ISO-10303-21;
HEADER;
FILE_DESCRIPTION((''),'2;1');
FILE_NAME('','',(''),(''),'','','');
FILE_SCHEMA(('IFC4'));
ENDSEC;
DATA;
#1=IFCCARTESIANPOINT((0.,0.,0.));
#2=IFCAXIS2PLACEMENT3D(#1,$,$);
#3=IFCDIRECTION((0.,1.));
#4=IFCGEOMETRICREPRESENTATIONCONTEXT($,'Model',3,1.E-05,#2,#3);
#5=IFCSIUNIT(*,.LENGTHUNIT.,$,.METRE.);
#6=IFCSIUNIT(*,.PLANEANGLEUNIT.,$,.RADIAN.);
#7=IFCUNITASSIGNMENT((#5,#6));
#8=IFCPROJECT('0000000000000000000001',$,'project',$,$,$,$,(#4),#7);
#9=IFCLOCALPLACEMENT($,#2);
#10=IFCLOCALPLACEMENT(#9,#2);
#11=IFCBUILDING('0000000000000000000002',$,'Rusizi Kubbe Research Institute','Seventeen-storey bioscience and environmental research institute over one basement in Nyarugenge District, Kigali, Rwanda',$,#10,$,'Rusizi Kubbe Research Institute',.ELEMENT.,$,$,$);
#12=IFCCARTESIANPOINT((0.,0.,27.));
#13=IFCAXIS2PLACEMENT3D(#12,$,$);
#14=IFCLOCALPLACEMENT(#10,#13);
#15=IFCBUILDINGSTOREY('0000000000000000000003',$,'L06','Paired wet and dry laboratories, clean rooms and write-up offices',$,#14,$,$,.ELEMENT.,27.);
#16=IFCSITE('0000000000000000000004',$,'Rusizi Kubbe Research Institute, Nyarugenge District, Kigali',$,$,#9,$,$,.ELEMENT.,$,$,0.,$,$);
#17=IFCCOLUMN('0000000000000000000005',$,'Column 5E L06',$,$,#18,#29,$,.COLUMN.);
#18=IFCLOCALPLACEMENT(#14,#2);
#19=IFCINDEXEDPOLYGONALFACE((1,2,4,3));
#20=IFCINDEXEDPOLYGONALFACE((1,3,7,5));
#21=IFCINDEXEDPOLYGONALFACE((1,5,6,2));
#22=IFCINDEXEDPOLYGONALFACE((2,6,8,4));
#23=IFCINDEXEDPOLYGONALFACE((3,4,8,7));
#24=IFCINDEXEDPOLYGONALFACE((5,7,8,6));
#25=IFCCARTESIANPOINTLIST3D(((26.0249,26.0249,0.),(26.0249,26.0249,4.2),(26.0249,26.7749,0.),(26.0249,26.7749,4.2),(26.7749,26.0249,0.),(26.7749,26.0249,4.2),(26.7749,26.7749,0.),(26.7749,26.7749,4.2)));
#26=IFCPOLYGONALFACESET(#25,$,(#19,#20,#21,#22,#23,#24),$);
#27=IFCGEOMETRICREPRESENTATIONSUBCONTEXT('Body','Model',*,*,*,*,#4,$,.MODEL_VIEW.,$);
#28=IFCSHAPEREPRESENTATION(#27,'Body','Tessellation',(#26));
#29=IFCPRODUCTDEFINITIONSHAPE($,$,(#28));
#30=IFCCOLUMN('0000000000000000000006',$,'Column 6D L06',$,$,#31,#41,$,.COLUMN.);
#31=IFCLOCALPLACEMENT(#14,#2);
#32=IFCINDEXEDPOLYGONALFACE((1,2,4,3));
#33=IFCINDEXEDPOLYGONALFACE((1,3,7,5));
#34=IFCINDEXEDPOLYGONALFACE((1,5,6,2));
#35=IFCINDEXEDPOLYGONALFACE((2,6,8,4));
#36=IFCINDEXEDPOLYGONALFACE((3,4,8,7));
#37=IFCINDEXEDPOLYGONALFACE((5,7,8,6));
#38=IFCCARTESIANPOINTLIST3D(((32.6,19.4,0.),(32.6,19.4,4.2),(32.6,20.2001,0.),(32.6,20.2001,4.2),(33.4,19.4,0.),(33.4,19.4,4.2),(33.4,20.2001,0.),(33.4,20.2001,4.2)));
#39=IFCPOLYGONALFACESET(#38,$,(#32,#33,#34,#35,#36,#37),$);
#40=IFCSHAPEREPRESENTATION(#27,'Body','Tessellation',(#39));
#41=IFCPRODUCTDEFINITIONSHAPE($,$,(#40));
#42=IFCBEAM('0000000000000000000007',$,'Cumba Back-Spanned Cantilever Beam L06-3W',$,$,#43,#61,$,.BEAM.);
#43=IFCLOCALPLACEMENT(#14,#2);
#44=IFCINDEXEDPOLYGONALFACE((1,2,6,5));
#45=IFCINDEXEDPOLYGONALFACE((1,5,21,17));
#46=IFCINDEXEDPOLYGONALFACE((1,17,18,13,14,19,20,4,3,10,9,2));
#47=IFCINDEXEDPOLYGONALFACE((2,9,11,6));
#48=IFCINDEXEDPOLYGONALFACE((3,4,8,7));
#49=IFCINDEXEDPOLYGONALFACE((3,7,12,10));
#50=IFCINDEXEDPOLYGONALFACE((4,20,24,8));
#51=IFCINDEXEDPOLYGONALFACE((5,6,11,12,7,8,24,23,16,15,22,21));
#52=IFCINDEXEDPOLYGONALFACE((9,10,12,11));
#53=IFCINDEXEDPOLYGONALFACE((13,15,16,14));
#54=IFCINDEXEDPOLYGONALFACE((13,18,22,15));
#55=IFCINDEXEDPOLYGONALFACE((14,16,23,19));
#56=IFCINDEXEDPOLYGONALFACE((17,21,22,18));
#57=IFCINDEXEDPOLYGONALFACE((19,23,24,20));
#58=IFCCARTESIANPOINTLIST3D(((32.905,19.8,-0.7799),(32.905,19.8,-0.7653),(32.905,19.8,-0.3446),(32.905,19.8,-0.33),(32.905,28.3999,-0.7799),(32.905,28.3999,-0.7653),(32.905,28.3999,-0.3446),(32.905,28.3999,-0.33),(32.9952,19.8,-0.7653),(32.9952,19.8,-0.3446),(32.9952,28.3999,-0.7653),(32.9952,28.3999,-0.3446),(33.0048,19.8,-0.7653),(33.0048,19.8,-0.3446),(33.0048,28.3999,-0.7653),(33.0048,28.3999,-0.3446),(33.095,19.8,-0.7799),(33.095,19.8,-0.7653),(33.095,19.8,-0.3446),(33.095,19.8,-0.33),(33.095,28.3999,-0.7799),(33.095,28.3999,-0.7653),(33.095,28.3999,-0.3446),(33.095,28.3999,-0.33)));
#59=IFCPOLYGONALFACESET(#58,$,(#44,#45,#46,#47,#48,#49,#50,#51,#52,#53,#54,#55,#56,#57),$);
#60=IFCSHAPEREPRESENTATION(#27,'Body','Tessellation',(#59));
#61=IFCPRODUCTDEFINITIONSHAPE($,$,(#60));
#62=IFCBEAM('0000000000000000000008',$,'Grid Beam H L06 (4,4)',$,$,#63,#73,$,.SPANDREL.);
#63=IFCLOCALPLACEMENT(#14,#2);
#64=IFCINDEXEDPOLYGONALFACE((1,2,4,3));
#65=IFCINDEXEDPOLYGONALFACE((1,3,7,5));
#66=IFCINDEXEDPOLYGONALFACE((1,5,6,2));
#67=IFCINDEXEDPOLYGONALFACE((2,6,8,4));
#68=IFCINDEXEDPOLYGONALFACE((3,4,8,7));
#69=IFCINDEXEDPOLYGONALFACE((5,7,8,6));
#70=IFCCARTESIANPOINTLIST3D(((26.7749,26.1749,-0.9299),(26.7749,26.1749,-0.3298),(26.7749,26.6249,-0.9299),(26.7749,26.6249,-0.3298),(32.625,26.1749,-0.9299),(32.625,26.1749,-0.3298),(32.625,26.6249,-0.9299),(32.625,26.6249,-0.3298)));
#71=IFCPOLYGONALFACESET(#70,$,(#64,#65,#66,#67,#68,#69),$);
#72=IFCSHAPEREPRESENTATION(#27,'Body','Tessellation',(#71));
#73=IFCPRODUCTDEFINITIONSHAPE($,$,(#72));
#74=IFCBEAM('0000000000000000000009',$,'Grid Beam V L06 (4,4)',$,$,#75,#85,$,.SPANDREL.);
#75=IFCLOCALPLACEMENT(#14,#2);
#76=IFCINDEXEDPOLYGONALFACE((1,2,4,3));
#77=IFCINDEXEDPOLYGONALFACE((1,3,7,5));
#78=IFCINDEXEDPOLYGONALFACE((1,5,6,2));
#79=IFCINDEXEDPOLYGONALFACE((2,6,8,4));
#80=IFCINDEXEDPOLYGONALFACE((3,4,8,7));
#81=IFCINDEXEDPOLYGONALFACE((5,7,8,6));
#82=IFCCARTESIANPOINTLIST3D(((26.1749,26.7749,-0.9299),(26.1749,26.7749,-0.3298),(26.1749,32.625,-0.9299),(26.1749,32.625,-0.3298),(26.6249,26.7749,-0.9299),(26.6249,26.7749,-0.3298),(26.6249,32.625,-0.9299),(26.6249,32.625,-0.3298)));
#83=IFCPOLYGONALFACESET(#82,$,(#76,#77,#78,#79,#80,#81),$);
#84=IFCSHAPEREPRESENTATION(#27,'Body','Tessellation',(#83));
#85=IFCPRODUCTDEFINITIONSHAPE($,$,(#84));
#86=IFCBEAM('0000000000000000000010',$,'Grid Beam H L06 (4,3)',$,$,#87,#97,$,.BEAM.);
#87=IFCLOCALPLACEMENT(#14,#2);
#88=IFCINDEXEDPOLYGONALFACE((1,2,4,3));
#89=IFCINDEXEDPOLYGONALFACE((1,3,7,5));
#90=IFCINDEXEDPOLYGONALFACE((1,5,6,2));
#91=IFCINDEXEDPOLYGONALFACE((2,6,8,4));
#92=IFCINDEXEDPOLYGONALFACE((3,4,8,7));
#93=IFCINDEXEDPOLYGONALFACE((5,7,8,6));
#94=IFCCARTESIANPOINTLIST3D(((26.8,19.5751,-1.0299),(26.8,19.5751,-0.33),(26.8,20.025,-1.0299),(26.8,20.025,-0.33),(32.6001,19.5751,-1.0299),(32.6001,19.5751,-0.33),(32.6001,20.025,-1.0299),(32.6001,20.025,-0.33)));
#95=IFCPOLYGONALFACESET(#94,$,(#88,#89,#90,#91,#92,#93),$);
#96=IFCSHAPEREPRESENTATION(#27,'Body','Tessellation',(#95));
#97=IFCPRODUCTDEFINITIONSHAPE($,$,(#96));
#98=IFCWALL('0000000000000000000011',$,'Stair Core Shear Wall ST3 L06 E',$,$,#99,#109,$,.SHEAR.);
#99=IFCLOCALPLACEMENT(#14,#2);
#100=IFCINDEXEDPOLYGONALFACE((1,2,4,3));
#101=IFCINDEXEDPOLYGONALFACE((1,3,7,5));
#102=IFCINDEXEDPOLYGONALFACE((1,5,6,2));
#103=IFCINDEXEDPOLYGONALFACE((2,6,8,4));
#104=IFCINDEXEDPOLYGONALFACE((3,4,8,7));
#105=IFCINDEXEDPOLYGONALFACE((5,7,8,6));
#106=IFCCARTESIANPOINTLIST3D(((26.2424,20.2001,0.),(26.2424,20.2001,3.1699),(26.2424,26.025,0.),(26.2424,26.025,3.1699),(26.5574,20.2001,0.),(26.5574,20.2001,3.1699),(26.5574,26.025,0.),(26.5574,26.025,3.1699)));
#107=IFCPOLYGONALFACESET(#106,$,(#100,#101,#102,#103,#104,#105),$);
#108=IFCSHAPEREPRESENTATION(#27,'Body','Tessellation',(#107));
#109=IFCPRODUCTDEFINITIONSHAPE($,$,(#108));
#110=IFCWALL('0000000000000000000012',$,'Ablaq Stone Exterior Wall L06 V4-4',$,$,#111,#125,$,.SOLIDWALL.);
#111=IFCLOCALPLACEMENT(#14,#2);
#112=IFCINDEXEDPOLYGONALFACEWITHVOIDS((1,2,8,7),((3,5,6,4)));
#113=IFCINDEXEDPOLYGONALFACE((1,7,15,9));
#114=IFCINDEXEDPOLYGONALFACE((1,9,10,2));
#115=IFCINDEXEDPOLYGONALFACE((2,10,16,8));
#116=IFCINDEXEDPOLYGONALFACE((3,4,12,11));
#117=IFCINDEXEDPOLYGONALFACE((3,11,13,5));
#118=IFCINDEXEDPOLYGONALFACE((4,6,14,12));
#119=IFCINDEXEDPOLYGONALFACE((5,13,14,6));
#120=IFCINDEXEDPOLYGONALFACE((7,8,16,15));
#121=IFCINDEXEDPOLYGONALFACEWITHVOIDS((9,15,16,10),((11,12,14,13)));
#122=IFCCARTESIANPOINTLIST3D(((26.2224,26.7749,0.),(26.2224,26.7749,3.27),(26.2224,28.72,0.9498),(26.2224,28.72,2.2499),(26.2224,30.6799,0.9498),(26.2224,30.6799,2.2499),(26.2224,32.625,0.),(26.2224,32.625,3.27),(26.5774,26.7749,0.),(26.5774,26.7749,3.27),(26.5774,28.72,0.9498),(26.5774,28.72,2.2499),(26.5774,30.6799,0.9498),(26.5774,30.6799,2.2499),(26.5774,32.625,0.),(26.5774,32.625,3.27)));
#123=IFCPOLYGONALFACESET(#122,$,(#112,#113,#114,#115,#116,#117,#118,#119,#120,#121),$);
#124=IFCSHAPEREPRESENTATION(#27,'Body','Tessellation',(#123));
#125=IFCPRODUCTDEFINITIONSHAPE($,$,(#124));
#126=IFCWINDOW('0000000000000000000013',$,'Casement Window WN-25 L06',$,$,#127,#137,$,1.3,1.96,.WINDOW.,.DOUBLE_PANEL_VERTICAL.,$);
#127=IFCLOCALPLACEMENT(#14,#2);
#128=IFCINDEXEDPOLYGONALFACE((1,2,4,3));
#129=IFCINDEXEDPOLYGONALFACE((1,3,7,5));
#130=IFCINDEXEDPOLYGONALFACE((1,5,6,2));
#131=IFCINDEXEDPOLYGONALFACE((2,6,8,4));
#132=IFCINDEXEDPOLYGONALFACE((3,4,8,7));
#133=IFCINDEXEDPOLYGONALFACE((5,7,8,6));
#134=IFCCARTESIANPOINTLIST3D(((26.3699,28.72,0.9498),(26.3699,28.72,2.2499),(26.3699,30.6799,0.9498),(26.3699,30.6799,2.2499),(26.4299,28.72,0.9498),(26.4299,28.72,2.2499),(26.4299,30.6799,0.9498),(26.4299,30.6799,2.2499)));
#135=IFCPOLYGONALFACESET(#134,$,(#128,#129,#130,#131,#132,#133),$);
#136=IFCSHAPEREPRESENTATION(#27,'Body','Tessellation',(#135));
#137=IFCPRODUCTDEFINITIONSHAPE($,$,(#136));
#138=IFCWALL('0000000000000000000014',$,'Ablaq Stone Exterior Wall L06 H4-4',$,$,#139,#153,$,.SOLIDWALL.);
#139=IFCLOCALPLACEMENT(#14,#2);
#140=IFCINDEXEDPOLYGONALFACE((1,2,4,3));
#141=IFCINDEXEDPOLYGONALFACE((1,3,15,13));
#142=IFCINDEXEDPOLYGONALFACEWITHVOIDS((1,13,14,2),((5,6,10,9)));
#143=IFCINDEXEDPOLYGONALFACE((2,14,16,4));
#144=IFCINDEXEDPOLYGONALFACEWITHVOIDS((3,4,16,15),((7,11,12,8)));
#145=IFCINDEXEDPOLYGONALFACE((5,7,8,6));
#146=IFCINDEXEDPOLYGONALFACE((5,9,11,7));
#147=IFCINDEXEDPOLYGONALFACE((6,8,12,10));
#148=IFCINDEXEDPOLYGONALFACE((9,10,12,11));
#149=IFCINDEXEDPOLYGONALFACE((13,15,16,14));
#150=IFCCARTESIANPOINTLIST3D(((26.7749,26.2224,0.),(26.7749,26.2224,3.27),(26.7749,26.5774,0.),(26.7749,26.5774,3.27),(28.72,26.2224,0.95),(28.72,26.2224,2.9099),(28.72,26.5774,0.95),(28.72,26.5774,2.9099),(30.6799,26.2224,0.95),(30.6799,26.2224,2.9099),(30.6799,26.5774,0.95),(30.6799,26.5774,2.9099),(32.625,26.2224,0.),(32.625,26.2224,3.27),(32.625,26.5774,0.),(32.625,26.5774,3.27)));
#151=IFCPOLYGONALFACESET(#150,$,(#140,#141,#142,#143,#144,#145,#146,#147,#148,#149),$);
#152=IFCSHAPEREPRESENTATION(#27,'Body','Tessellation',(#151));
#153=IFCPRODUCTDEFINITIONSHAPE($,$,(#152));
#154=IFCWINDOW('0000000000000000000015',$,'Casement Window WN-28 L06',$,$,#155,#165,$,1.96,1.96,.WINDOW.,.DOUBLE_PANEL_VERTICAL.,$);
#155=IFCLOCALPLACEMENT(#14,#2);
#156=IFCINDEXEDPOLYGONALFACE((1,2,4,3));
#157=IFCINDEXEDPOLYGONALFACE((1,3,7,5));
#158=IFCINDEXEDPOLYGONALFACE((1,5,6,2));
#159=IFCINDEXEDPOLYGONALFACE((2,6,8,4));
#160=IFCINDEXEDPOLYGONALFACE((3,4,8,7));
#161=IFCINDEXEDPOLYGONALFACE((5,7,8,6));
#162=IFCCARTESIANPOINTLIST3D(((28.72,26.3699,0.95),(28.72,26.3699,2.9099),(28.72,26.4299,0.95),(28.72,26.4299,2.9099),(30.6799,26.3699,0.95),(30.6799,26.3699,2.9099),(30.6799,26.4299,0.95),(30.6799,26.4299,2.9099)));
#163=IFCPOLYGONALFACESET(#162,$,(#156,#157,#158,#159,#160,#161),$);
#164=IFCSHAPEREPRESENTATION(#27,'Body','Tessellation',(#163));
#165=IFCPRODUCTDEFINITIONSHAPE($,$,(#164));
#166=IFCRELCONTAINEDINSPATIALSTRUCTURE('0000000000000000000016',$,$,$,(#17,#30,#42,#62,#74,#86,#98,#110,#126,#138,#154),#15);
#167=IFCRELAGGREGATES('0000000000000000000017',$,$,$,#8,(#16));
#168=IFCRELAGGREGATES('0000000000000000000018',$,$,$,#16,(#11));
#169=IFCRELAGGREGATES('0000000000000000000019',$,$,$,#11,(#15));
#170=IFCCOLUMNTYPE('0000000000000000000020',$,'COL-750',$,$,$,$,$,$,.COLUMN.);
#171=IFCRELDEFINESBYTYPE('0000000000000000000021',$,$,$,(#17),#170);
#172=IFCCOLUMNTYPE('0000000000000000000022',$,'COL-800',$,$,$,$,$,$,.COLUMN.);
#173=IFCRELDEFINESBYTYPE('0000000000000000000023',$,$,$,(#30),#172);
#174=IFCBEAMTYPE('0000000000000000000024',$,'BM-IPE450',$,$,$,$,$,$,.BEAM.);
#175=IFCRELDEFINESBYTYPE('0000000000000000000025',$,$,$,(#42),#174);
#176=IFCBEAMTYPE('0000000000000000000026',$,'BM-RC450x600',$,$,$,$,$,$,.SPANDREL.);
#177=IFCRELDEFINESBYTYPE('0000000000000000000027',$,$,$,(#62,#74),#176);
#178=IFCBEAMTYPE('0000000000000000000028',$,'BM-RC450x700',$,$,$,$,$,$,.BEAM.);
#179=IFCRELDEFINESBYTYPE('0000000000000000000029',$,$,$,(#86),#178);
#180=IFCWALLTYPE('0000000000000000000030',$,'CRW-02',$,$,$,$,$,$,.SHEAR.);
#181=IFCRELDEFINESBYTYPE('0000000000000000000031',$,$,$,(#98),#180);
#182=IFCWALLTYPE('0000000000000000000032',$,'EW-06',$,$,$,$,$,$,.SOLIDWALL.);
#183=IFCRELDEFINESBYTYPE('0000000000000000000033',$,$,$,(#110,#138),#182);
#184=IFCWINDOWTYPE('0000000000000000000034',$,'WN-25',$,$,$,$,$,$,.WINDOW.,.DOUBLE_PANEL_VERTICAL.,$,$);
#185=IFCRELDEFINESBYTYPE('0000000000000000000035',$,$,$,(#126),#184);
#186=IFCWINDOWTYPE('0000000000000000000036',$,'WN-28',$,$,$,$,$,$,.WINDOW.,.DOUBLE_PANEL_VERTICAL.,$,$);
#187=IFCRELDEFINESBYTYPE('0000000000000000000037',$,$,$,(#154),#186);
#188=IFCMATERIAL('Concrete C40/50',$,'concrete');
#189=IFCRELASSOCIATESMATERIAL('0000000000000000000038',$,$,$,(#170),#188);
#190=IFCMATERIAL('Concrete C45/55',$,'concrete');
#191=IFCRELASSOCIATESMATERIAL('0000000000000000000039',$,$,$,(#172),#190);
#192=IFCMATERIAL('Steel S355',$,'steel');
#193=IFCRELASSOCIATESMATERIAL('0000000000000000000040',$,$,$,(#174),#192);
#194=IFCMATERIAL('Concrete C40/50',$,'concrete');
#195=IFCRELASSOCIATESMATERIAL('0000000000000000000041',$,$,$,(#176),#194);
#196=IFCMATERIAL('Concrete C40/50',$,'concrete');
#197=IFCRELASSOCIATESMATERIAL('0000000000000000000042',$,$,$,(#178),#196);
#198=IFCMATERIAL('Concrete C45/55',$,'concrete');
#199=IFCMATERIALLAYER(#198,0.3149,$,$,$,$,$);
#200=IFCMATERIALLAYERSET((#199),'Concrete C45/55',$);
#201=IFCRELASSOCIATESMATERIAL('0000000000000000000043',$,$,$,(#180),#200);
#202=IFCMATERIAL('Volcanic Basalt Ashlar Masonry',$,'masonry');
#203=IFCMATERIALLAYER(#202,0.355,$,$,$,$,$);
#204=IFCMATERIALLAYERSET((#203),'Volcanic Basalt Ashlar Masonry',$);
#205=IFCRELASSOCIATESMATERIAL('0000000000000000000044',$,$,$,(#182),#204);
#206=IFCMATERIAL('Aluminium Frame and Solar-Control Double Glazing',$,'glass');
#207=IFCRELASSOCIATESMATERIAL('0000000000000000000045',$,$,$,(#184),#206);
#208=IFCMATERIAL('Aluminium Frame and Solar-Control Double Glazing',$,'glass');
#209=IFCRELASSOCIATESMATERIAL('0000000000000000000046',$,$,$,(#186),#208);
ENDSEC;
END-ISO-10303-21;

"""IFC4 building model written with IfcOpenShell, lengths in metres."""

from ifc_helpers import new_model, si_unit, direction, frame, frame_2d, origin, origin_2d, place, context, subcontext, project, spatial, rectangle, i_section, extrude, material, layer, layer_set, material_profile, profile_set, type_object, element, fill, save


model = new_model("IFC4")

# Units and contexts
model_context = context("Model", 3, precision=1e-05, world=origin(), true_north=direction((0.0, 1.0)))
body_context = subcontext(model_context, "Body", "Model", "MODEL_VIEW")
ifc_project = project(units=[si_unit("LENGTHUNIT", "METRE"), si_unit("PLANEANGLEUNIT", "RADIAN")], contexts=[model_context])

# Site, building, storey
site_placement = place(None, origin())
site = spatial("IfcSite", under=ifc_project, at=site_placement, Name="Rusizi Kubbe Research Institute, Nyarugenge District, Kigali", CompositionType="ELEMENT", RefElevation=0.0)
building_placement = place(site_placement, origin())
building = spatial("IfcBuilding", under=site, at=building_placement, Name="Rusizi Kubbe Research Institute", Description="Seventeen-storey bioscience and environmental research institute over one basement in Nyarugenge District, Kigali, Rwanda", LongName="Rusizi Kubbe Research Institute", CompositionType="ELEMENT")
storey_placement = place(building_placement, frame((0.0, 0.0, 27.0)))
storey = spatial("IfcBuildingStorey", under=building, at=storey_placement, Name="L06", Description="Paired wet and dry laboratories, clean rooms and write-up offices", CompositionType="ELEMENT", Elevation=27.0)

# Columns
ifc_material_1 = material(Name="Concrete C40/50", Category="concrete")
ifc_material_profile_1 = material_profile(ifc_material_1, rectangle(XDim=0.75, YDim=0.75, at=origin_2d()), Name="RC750x750")
ifc_profile_set_1 = profile_set([ifc_material_profile_1], Name="Concrete C40/50")
column_type_1 = type_object("IfcColumnType", Name="COL-750", PredefinedType="COLUMN", material=ifc_profile_set_1)
column_1_placement = place(storey_placement, frame((26.3999, 26.3999, 0.0), z_axis=(0.0, 0.0, 1.0), x_axis=(1.0, 0.0, 0.0)))
element("IfcColumn", 1, at=column_1_placement, inside=storey, type_object=column_type_1, Name="Column 5E L06", PredefinedType="COLUMN", context=body_context, shape_type="SweptSolid", body=[
    extrude(rectangle(XDim=0.75, YDim=0.75, at=origin_2d()), origin(), (0.0, 0.0, 1.0), 4.2),
])
ifc_material_2 = material(Name="Concrete C45/55", Category="concrete")
ifc_material_profile_2 = material_profile(ifc_material_2, rectangle(XDim=0.8, YDim=0.8, at=origin_2d()), Name="RC800x800")
ifc_profile_set_2 = profile_set([ifc_material_profile_2], Name="Concrete C45/55")
column_type_2 = type_object("IfcColumnType", Name="COL-800", PredefinedType="COLUMN", material=ifc_profile_set_2)
column_2_placement = place(storey_placement, frame((33.0, 19.8, 0.0), z_axis=(0.0, 0.0, 1.0), x_axis=(1.0, 0.0, 0.0)))
element("IfcColumn", 2, at=column_2_placement, inside=storey, type_object=column_type_2, Name="Column 6D L06", PredefinedType="COLUMN", context=body_context, shape_type="SweptSolid", body=[
    extrude(rectangle(XDim=0.8, YDim=0.8, at=origin_2d()), origin(), (0.0, 0.0, 1.0), 4.2),
])

# Beams
ifc_material_3 = material(Name="Steel S355", Category="steel")
ifc_material_profile_3 = material_profile(ifc_material_3, i_section(OverallWidth=0.1899, OverallDepth=0.45, WebThickness=0.0095, FlangeThickness=0.0146, at=origin_2d()), Name="IPE 450")
ifc_profile_set_3 = profile_set([ifc_material_profile_3], Name="Steel S355")
beam_type_1 = type_object("IfcBeamType", Name="BM-IPE450", PredefinedType="BEAM", material=ifc_profile_set_3)
beam_1_placement = place(storey_placement, frame((33.0, 19.8, -0.5549), z_axis=(0.0, 1.0, 0.0), x_axis=(-1.0, 0.0, 0.0)))
element("IfcBeam", 3, at=beam_1_placement, inside=storey, type_object=beam_type_1, Name="Cumba Back-Spanned Cantilever Beam L06-3W", PredefinedType="BEAM", context=body_context, shape_type="SweptSolid", body=[
    extrude(i_section(OverallWidth=0.1899, OverallDepth=0.45, WebThickness=0.0095, FlangeThickness=0.0146, at=origin_2d()), origin(), (0.0, 0.0, 1.0), 8.5999),
])
ifc_material_4 = material(Name="Concrete C40/50", Category="concrete")
ifc_material_profile_4 = material_profile(ifc_material_4, rectangle(XDim=0.45, YDim=0.6001, at=origin_2d()), Name="RC450x600")
ifc_profile_set_4 = profile_set([ifc_material_profile_4], Name="Concrete C40/50")
beam_type_2 = type_object("IfcBeamType", Name="BM-RC450x600", PredefinedType="SPANDREL", material=ifc_profile_set_4)
for number, where, z_axis, x_axis, name in (
    (4, (26.7749, 26.3999, -0.6299), (1.0, 0.0, 0.0), (0.0, 1.0, 0.0), "Grid Beam H L06 (4,4)"),
    (5, (26.3999, 26.7749, -0.6299), (0.0, 1.0, 0.0), (-1.0, 0.0, 0.0), "Grid Beam V L06 (4,4)"),
):
    element("IfcBeam", number, at=place(storey_placement, frame(where, z_axis=z_axis, x_axis=x_axis)), inside=storey, type_object=beam_type_2, Name=name, PredefinedType="SPANDREL", context=body_context, shape_type="SweptSolid", body=[
        extrude(rectangle(XDim=0.45, YDim=0.6001, at=origin_2d()), origin(), (0.0, 0.0, 1.0), 5.8501),
    ])
ifc_material_5 = material(Name="Concrete C40/50", Category="concrete")
ifc_material_profile_5 = material_profile(ifc_material_5, rectangle(XDim=0.45, YDim=0.7, at=origin_2d()), Name="RC450x700B")
ifc_profile_set_5 = profile_set([ifc_material_profile_5], Name="Concrete C40/50")
beam_type_3 = type_object("IfcBeamType", Name="BM-RC450x700", PredefinedType="BEAM", material=ifc_profile_set_5)
beam_2_placement = place(storey_placement, frame((26.8, 19.8, -0.6799), z_axis=(1.0, 0.0, 0.0), x_axis=(0.0, 1.0, 0.0)))
element("IfcBeam", 6, at=beam_2_placement, inside=storey, type_object=beam_type_3, Name="Grid Beam H L06 (4,3)", PredefinedType="BEAM", context=body_context, shape_type="SweptSolid", body=[
    extrude(rectangle(XDim=0.45, YDim=0.7, at=origin_2d()), origin(), (0.0, 0.0, 1.0), 5.8),
])

# Wall
ifc_material_6 = material(Name="Concrete C45/55", Category="concrete")
ifc_layer_1 = layer(ifc_material_6, 0.3149)
ifc_layer_set_1 = layer_set([ifc_layer_1], Name="Concrete C45/55")
wall_type_1 = type_object("IfcWallType", Name="CRW-02", PredefinedType="SHEAR", material=ifc_layer_set_1)
wall_1_placement = place(storey_placement, frame((26.3999, 20.2, 0.0), z_axis=(0.0, 0.0, 1.0), x_axis=(0.0, 1.0, 0.0)))
element("IfcWall", 7, at=wall_1_placement, inside=storey, type_object=wall_type_1, Name="Stair Core Shear Wall ST3 L06 E", PredefinedType="SHEAR", context=body_context, shape_type="SweptSolid", body=[
    extrude(rectangle(XDim=5.825, YDim=0.3149, at=frame_2d((2.9126, 0.0))), origin(), (0.0, 0.0, 1.0), 3.1699),
])

# Walls, openings, windows
ifc_material_7 = material(Name="Volcanic Basalt Ashlar Masonry", Category="masonry")
ifc_layer_2 = layer(ifc_material_7, 0.355)
ifc_layer_set_2 = layer_set([ifc_layer_2], Name="Volcanic Basalt Ashlar Masonry")
wall_type_2 = type_object("IfcWallType", Name="EW-06", PredefinedType="SOLIDWALL", material=ifc_layer_set_2)
wall_2_placement = place(storey_placement, frame((26.3999, 26.7749, 0.0), z_axis=(0.0, 0.0, 1.0), x_axis=(0.0, 1.0, 0.0)))
wall_2 = element("IfcWall", 8, at=wall_2_placement, inside=storey, type_object=wall_type_2, Name="Ablaq Stone Exterior Wall L06 V4-4", PredefinedType="SOLIDWALL", context=body_context, shape_type="SweptSolid", body=[
    extrude(rectangle(XDim=5.8501, YDim=0.355, at=frame_2d((2.925, 0.0))), origin(), (0.0, 0.0, 1.0), 3.27),
])
opening_1_placement = place(wall_2_placement, frame((1.9451, 0.0, 0.95)))
opening_1 = element("IfcOpeningElement", 9, at=opening_1_placement, cuts=wall_2, PredefinedType="OPENING", context=body_context, shape_type="SweptSolid", body=[
    extrude(rectangle(XDim=1.96, YDim=1.3, at=frame_2d((0.98, 0.6499))), frame((0.0, 0.1875, 0.0), z_axis=(0.0, -1.0, 0.0), x_axis=(1.0, 0.0, 0.0)), (0.0, 0.0, 1.0), 0.375),
])
ifc_material_8 = material(Name="Aluminium Frame and Solar-Control Double Glazing", Category="glass")
window_type_1 = type_object("IfcWindowType", Name="WN-25", PartitioningType="DOUBLE_PANEL_VERTICAL", PredefinedType="WINDOW", material=ifc_material_8)
window_1_placement = place(opening_1_placement, origin())
window_1 = element("IfcWindow", 10, at=window_1_placement, inside=storey, type_object=window_type_1, Name="Casement Window WN-25 L06", OverallHeight=1.3, OverallWidth=1.96, PartitioningType="DOUBLE_PANEL_VERTICAL", PredefinedType="WINDOW", context=body_context, shape_type="SweptSolid", body=[
    extrude(rectangle(XDim=1.96, YDim=1.3, at=frame_2d((0.98, 0.6499))), frame((0.0, 0.03, 0.0), z_axis=(0.0, -1.0, 0.0), x_axis=(1.0, 0.0, 0.0)), (0.0, 0.0, 1.0), 0.0601),
])
fill(opening_1, window_1)
wall_3_placement = place(storey_placement, frame((26.7749, 26.3999, 0.0), z_axis=(0.0, 0.0, 1.0), x_axis=(1.0, 0.0, 0.0)))
wall_3 = element("IfcWall", 11, at=wall_3_placement, inside=storey, type_object=wall_type_2, Name="Ablaq Stone Exterior Wall L06 H4-4", PredefinedType="SOLIDWALL", context=body_context, shape_type="SweptSolid", body=[
    extrude(rectangle(XDim=5.8501, YDim=0.355, at=frame_2d((2.925, 0.0))), origin(), (0.0, 0.0, 1.0), 3.27),
])
opening_2_placement = place(wall_3_placement, frame((1.9451, 0.0, 0.95)))
opening_2 = element("IfcOpeningElement", 12, at=opening_2_placement, cuts=wall_3, PredefinedType="OPENING", context=body_context, shape_type="SweptSolid", body=[
    extrude(rectangle(XDim=1.96, YDim=1.96, at=frame_2d((0.98, 0.98))), frame((0.0, 0.1875, 0.0), z_axis=(0.0, -1.0, 0.0), x_axis=(1.0, 0.0, 0.0)), (0.0, 0.0, 1.0), 0.375),
])
ifc_material_9 = material(Name="Aluminium Frame and Solar-Control Double Glazing", Category="glass")
window_type_2 = type_object("IfcWindowType", Name="WN-28", PartitioningType="DOUBLE_PANEL_VERTICAL", PredefinedType="WINDOW", material=ifc_material_9)
window_2_placement = place(opening_2_placement, origin())
window_2 = element("IfcWindow", 13, at=window_2_placement, inside=storey, type_object=window_type_2, Name="Casement Window WN-28 L06", OverallHeight=1.96, OverallWidth=1.96, PartitioningType="DOUBLE_PANEL_VERTICAL", PredefinedType="WINDOW", context=body_context, shape_type="SweptSolid", body=[
    extrude(rectangle(XDim=1.96, YDim=1.96, at=frame_2d((0.98, 0.98))), frame((0.0, 0.03, 0.0), z_axis=(0.0, -1.0, 0.0), x_axis=(1.0, 0.0, 0.0)), (0.0, 0.0, 1.0), 0.0601),
])
fill(opening_2, window_2)

save(model, "model.ifc")
